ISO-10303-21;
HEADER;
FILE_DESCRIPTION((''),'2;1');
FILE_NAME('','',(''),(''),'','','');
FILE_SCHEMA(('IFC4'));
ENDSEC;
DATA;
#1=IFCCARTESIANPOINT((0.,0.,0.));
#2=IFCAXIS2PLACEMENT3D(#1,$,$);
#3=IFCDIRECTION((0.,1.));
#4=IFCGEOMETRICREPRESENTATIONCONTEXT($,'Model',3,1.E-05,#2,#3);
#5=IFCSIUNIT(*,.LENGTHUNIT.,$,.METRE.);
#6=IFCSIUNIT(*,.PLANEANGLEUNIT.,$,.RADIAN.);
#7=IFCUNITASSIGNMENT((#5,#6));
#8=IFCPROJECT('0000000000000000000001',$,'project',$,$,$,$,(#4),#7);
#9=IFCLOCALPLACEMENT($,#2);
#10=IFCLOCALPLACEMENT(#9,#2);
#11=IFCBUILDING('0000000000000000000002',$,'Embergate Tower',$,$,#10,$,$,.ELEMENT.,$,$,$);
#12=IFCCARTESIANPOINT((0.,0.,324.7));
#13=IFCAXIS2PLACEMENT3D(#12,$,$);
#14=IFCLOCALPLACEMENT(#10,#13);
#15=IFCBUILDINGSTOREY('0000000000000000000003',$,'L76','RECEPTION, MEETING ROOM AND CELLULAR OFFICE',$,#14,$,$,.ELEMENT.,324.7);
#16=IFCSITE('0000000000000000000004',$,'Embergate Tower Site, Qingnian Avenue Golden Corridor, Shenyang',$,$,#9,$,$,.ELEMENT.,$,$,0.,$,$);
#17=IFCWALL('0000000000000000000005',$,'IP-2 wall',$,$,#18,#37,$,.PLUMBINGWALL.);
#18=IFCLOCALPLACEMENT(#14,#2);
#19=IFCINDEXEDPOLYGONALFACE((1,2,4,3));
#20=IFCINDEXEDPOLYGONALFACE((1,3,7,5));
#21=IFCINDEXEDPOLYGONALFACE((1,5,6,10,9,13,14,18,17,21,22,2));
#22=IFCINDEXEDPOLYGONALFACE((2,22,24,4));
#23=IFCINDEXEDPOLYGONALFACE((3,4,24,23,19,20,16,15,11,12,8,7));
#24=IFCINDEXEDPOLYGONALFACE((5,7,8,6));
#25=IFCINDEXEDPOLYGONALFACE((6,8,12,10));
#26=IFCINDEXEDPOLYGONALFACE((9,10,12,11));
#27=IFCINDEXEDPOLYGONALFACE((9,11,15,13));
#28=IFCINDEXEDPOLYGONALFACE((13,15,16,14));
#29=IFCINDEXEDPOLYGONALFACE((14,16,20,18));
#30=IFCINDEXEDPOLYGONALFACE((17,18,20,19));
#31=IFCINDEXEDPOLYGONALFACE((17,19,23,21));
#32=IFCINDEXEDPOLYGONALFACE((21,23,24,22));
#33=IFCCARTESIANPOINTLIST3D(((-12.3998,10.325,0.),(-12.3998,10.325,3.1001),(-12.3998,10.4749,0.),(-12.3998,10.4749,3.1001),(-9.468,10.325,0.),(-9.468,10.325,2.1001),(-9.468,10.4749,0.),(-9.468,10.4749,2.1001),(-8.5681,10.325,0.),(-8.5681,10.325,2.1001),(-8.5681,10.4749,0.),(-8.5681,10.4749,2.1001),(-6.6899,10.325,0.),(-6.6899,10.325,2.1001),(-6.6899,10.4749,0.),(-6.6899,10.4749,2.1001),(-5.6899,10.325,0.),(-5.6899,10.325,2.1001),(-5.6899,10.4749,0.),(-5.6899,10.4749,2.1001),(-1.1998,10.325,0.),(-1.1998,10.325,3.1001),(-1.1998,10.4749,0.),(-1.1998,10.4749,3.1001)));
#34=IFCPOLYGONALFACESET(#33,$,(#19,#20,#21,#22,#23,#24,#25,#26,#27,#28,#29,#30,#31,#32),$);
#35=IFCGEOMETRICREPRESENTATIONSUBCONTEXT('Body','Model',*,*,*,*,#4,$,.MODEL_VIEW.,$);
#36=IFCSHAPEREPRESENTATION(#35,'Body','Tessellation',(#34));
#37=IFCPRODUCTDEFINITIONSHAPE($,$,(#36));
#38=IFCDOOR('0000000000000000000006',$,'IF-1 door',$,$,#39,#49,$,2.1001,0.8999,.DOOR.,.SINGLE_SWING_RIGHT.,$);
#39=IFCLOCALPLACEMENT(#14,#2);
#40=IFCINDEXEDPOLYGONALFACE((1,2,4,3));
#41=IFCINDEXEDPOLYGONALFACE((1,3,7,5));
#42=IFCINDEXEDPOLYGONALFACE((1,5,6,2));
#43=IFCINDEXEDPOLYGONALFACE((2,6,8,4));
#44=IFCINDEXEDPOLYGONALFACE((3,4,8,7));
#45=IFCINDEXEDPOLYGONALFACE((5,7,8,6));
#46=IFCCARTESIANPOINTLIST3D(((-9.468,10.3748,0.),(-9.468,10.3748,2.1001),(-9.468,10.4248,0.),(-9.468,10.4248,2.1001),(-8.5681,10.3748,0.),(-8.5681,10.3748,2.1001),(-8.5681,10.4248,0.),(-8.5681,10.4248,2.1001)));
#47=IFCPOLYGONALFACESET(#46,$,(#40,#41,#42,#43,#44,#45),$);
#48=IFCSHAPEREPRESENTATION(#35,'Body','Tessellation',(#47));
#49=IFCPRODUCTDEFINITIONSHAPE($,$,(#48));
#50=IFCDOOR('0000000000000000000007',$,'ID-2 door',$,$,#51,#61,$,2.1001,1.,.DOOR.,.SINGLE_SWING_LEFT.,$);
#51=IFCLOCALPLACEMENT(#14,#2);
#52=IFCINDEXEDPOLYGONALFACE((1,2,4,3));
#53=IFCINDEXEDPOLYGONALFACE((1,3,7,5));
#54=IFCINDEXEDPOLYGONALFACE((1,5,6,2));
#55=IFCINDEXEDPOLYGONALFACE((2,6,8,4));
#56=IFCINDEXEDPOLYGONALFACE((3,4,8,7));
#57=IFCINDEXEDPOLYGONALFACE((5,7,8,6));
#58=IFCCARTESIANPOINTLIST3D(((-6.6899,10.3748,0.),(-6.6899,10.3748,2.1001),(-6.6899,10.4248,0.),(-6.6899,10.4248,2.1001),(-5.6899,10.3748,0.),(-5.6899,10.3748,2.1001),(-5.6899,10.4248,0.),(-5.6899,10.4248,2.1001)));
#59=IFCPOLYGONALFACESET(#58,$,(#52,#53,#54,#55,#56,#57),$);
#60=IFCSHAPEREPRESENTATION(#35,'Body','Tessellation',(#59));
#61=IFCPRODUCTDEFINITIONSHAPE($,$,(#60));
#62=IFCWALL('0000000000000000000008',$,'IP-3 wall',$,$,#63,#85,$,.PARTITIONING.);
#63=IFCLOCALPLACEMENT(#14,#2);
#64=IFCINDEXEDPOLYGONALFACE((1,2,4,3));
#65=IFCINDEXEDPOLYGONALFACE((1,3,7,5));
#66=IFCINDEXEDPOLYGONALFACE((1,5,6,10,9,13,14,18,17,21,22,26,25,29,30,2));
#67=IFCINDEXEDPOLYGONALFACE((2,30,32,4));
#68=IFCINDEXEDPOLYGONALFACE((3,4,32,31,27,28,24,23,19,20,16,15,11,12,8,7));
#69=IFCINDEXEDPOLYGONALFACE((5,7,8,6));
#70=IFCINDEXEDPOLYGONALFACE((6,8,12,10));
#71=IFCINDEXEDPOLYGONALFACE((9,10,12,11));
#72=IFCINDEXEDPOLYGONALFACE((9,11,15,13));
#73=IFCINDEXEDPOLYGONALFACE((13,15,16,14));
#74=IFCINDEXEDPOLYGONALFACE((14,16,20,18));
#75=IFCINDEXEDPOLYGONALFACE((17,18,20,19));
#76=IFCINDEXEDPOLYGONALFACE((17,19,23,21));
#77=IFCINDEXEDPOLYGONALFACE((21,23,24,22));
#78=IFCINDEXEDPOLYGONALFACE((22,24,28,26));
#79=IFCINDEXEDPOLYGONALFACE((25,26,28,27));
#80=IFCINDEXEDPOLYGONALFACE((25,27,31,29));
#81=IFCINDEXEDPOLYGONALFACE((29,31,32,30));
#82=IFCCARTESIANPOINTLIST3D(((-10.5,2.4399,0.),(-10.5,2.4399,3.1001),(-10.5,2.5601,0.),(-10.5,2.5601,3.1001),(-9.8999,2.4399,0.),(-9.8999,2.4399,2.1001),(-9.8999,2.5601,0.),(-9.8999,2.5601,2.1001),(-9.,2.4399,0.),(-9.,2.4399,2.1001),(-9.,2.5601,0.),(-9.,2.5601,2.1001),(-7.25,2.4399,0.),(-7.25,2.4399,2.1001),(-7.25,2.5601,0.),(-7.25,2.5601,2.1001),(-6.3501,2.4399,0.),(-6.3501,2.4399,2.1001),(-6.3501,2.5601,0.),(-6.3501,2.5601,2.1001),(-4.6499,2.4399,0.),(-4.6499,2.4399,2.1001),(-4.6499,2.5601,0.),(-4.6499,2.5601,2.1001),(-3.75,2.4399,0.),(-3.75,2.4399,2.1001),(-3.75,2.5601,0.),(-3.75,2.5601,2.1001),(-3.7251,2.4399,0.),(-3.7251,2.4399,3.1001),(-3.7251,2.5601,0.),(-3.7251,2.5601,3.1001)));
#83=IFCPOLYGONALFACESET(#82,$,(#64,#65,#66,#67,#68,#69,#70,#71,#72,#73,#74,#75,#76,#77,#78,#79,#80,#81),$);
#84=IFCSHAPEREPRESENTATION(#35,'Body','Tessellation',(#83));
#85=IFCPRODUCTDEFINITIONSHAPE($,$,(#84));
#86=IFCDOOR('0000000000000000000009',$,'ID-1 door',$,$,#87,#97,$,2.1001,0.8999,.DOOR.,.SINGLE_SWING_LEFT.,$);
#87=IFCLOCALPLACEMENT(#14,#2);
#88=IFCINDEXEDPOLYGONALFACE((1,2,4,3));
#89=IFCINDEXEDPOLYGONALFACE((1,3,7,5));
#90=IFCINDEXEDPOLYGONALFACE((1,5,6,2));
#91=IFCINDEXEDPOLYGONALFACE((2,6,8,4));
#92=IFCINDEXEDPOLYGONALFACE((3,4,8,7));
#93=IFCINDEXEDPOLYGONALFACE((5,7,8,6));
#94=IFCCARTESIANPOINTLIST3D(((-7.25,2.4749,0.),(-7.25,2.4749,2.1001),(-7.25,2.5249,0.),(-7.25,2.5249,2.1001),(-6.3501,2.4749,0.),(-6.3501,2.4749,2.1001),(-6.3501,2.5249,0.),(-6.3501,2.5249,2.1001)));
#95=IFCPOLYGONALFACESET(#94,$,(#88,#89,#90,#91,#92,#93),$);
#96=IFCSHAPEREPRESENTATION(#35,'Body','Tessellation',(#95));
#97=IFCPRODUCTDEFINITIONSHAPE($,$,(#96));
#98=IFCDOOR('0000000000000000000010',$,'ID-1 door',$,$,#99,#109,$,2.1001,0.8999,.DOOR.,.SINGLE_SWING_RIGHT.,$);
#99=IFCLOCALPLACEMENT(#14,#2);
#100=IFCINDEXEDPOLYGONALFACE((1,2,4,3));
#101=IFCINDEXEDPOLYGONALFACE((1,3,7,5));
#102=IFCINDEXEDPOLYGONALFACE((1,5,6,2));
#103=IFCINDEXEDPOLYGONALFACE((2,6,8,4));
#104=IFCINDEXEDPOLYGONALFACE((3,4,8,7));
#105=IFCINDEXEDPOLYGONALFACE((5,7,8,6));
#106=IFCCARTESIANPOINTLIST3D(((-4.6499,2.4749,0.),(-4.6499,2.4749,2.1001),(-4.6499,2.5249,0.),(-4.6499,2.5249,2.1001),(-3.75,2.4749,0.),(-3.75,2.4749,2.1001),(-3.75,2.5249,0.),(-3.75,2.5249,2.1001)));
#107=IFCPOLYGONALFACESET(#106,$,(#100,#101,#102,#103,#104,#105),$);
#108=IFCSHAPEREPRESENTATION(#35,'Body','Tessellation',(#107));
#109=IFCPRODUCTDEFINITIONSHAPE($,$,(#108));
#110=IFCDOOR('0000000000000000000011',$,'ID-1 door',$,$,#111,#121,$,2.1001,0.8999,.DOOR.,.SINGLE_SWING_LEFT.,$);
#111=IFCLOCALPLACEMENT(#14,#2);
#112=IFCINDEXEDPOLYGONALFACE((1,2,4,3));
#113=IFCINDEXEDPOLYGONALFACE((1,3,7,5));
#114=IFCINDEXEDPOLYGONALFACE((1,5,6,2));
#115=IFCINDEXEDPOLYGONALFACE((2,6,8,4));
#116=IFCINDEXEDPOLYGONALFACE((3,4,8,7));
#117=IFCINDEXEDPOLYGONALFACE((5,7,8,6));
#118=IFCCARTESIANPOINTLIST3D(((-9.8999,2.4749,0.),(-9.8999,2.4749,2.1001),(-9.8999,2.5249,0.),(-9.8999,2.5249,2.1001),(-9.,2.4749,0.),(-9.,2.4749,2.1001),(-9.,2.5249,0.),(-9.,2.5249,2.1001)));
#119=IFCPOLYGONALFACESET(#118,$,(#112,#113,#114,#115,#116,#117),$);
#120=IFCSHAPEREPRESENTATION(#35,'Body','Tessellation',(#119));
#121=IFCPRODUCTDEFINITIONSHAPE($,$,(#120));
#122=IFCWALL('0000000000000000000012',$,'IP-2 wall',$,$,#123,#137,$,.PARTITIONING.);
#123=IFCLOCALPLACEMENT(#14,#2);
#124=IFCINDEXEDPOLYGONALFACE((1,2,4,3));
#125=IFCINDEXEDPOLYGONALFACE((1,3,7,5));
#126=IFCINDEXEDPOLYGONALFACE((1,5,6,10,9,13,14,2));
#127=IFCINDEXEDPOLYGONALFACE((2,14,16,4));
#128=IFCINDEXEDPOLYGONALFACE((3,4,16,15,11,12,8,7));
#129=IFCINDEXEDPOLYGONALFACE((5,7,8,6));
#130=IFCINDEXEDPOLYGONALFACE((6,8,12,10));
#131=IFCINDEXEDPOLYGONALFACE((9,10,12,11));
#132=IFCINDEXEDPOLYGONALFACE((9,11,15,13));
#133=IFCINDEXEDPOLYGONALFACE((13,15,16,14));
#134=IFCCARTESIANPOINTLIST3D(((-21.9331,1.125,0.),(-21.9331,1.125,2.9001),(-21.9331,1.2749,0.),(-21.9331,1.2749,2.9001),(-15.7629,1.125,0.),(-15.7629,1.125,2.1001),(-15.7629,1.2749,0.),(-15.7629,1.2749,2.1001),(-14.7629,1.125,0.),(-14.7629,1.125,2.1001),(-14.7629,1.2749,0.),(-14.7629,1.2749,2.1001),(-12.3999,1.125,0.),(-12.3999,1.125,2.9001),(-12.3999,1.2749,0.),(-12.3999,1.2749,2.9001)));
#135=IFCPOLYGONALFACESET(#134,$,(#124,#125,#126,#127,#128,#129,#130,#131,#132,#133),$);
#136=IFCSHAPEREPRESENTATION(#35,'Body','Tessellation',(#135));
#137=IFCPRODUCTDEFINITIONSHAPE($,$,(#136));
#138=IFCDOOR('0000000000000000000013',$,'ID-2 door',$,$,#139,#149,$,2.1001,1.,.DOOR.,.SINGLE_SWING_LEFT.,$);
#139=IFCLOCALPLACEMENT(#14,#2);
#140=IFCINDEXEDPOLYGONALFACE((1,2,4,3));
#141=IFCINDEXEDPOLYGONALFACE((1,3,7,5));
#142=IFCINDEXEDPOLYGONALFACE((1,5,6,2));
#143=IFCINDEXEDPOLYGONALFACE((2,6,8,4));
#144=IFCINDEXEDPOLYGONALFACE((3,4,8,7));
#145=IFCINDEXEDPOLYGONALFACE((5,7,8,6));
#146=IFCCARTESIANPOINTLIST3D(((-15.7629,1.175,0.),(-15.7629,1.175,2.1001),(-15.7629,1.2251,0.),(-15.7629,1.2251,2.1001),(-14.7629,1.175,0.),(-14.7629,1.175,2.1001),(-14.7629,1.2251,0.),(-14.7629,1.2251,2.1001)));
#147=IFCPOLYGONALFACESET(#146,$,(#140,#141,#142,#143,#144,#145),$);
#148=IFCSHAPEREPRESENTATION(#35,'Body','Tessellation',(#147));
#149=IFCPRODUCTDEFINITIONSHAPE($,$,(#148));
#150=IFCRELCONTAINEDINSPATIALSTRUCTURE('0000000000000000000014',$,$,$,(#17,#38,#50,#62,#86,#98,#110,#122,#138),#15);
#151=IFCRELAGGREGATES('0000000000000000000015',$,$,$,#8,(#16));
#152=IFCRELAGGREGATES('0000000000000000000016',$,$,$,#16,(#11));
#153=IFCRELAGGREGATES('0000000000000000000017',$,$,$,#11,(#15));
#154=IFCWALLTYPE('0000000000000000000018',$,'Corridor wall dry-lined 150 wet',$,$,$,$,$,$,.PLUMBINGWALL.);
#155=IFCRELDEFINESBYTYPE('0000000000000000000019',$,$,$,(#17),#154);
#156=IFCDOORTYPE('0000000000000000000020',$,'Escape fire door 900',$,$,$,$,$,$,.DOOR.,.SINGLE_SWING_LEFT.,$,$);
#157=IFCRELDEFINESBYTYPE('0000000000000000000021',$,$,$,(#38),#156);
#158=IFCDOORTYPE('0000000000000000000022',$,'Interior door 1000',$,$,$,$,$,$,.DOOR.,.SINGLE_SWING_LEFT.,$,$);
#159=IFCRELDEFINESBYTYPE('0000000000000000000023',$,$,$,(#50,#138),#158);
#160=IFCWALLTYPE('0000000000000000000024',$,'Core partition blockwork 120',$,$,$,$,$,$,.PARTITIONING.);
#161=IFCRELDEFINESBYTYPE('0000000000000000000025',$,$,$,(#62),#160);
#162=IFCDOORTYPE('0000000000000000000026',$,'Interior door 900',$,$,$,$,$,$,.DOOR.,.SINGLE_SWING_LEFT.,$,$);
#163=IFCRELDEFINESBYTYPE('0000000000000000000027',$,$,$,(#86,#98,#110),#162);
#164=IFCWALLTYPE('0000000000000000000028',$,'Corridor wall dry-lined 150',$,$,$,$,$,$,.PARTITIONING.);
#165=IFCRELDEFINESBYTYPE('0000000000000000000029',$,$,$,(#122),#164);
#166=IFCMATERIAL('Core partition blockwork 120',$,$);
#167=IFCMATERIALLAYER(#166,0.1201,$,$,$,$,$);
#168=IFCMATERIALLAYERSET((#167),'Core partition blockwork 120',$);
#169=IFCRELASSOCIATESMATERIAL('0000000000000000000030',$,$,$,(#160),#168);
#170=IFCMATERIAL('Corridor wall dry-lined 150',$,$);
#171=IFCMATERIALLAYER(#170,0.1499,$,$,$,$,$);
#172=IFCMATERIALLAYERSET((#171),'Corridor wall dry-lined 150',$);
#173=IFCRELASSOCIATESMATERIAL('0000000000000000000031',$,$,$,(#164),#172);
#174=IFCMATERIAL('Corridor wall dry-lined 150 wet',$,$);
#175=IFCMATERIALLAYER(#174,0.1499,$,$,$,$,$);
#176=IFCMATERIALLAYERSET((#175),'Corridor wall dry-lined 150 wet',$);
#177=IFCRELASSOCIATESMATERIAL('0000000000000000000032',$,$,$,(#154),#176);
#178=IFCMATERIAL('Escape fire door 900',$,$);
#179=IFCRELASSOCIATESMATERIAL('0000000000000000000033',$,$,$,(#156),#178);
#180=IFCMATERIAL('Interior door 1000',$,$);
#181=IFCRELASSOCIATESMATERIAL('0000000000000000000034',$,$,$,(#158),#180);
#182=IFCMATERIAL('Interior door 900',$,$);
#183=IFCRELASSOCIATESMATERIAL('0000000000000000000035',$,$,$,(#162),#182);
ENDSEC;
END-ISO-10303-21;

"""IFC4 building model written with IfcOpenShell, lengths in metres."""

from ifc_helpers import new_model, si_unit, direction, frame, frame_2d, origin, place, context, subcontext, project, spatial, rectangle, extrude, source, transform, mapped, material, layer, layer_set, type_object, element, fill, save


model = new_model("IFC4")

# Units and contexts
model_context = context("Model", 3, precision=1e-05, world=origin(), true_north=direction((0.0, 1.0)))
body_context = subcontext(model_context, "Body", "Model", "MODEL_VIEW")
ifc_project = project(units=[si_unit("LENGTHUNIT", "METRE"), si_unit("PLANEANGLEUNIT", "RADIAN")], contexts=[model_context])

# Site, building, storey
site_placement = place(None, origin())
site = spatial("IfcSite", under=ifc_project, at=site_placement, Name="Embergate Tower Site, Qingnian Avenue Golden Corridor, Shenyang", CompositionType="ELEMENT", RefElevation=0.0)
building_placement = place(site_placement, origin())
building = spatial("IfcBuilding", under=site, at=building_placement, Name="Embergate Tower", CompositionType="ELEMENT")
storey_placement = place(building_placement, frame((0.0, 0.0, 324.7)))
storey = spatial("IfcBuildingStorey", under=building, at=storey_placement, Name="L76", Description="RECEPTION, MEETING ROOM AND CELLULAR OFFICE", CompositionType="ELEMENT", Elevation=324.7)

# Shared definitions
ifc_material_1 = material(Name="Core partition blockwork 120")
ifc_layer_1 = layer(ifc_material_1, 0.1201)
ifc_layer_set_1 = layer_set([ifc_layer_1], Name="Core partition blockwork 120")
wall_type_1 = type_object("IfcWallType", Name="Core partition blockwork 120", PredefinedType="PARTITIONING", material=ifc_layer_set_1)
ifc_material_2 = material(Name="Corridor wall dry-lined 150")
ifc_layer_2 = layer(ifc_material_2, 0.1499)
ifc_layer_set_2 = layer_set([ifc_layer_2], Name="Corridor wall dry-lined 150")
wall_type_2 = type_object("IfcWallType", Name="Corridor wall dry-lined 150", PredefinedType="PARTITIONING", material=ifc_layer_set_2)

# Walls, openings, doors
ifc_material_3 = material(Name="Corridor wall dry-lined 150 wet")
ifc_layer_3 = layer(ifc_material_3, 0.1499)
ifc_layer_set_3 = layer_set([ifc_layer_3], Name="Corridor wall dry-lined 150 wet")
wall_type_3 = type_object("IfcWallType", Name="Corridor wall dry-lined 150 wet", PredefinedType="PLUMBINGWALL", material=ifc_layer_set_3)
shared_shape_1 = source(origin(), body_context, "Body", "SweptSolid", [
    extrude(rectangle(XDim=11.2, YDim=0.1499, at=frame_2d((5.6001, 0.0))), origin(), (0.0, 0.0, 1.0), 3.1001),
])
wall_1_placement = place(storey_placement, frame((-12.3999, 10.3999, 0.0), z_axis=(0.0, 0.0, 1.0), x_axis=(1.0, 0.0, 0.0)))
wall_1 = element("IfcWall", 1, at=wall_1_placement, inside=storey, type_object=wall_type_3, Name="IP-2 wall", PredefinedType="PLUMBINGWALL", context=body_context, shape_type="MappedRepresentation", body=[
    mapped(shared_shape_1, transform((0.0, 0.0, 0.0))),
])
shared_shape_2 = source(origin(), body_context, "Body", "SweptSolid", [
    extrude(rectangle(XDim=1.0, YDim=2.1001, at=frame_2d((0.5, 1.05))), frame((0.0, 0.085, 0.0), z_axis=(0.0, -1.0, 0.0), x_axis=(1.0, 0.0, 0.0)), (0.0, 0.0, 1.0), 0.1699),
])
opening_1_placement = place(wall_1_placement, frame((5.71, 0.0, 0.0)))
opening_1 = element("IfcOpeningElement", 2, at=opening_1_placement, cuts=wall_1, PredefinedType="OPENING", context=body_context, shape_type="MappedRepresentation", body=[
    mapped(shared_shape_2, transform((0.0, 0.0, 0.0))),
])
shared_shape_3 = source(origin(), body_context, "Body", "SweptSolid", [
    extrude(rectangle(XDim=0.8999, YDim=2.1001, at=frame_2d((0.45, 1.05))), frame((0.0, 0.085, 0.0), z_axis=(0.0, -1.0, 0.0), x_axis=(1.0, 0.0, 0.0)), (0.0, 0.0, 1.0), 0.1699),
])
opening_2_placement = place(wall_1_placement, frame((2.9319, 0.0, 0.0)))
opening_2 = element("IfcOpeningElement", 3, at=opening_2_placement, cuts=wall_1, PredefinedType="OPENING", context=body_context, shape_type="MappedRepresentation", body=[
    mapped(shared_shape_3, transform((0.0, 0.0, 0.0))),
])
ifc_material_4 = material(Name="Escape fire door 900")
door_type_1 = type_object("IfcDoorType", Name="Escape fire door 900", OperationType="SINGLE_SWING_LEFT", PredefinedType="DOOR", material=ifc_material_4)
shared_shape_4 = source(origin(), body_context, "Body", "SweptSolid", [
    extrude(rectangle(XDim=0.8999, YDim=2.1001, at=frame_2d((0.45, 1.05))), frame((0.0, 0.0249, 0.0), z_axis=(0.0, -1.0, 0.0), x_axis=(1.0, 0.0, 0.0)), (0.0, 0.0, 1.0), 0.05),
])
door_1_placement = place(opening_2_placement, origin())
door_1 = element("IfcDoor", 4, at=door_1_placement, inside=storey, type_object=door_type_1, Name="IF-1 door", OperationType="SINGLE_SWING_RIGHT", OverallHeight=2.1001, OverallWidth=0.8999, PredefinedType="DOOR", context=body_context, shape_type="MappedRepresentation", body=[
    mapped(shared_shape_4, transform((0.0, 0.0, 0.0))),
])
fill(opening_2, door_1)
ifc_material_5 = material(Name="Interior door 1000")
door_type_2 = type_object("IfcDoorType", Name="Interior door 1000", OperationType="SINGLE_SWING_LEFT", PredefinedType="DOOR", material=ifc_material_5)
shared_shape_5 = source(origin(), body_context, "Body", "SweptSolid", [
    extrude(rectangle(XDim=1.0, YDim=2.1001, at=frame_2d((0.5, 1.05))), frame((0.0, 0.0249, 0.0), z_axis=(0.0, -1.0, 0.0), x_axis=(1.0, 0.0, 0.0)), (0.0, 0.0, 1.0), 0.05),
])
door_2_placement = place(opening_1_placement, origin())
door_2 = element("IfcDoor", 5, at=door_2_placement, inside=storey, type_object=door_type_2, Name="ID-2 door", OperationType="SINGLE_SWING_LEFT", OverallHeight=2.1001, OverallWidth=1.0, PredefinedType="DOOR", context=body_context, shape_type="MappedRepresentation", body=[
    mapped(shared_shape_5, transform((0.0, 0.0, 0.0))),
])
fill(opening_1, door_2)
shared_shape_6 = source(origin(), body_context, "Body", "SweptSolid", [
    extrude(rectangle(XDim=6.7749, YDim=0.1201, at=frame_2d((3.3875, 0.0))), origin(), (0.0, 0.0, 1.0), 3.1001),
])
wall_2_placement = place(storey_placement, frame((-10.5, 2.5, 0.0), z_axis=(0.0, 0.0, 1.0), x_axis=(1.0, 0.0, 0.0)))
wall_2 = element("IfcWall", 6, at=wall_2_placement, inside=storey, type_object=wall_type_1, Name="IP-3 wall", PredefinedType="PARTITIONING", context=body_context, shape_type="MappedRepresentation", body=[
    mapped(shared_shape_6, transform((0.0, 0.0, 0.0))),
])
shared_shape_7 = source(origin(), body_context, "Body", "SweptSolid", [
    extrude(rectangle(XDim=0.8999, YDim=2.1001, at=frame_2d((0.45, 1.05))), frame((0.0, 0.0701, 0.0), z_axis=(0.0, -1.0, 0.0), x_axis=(1.0, 0.0, 0.0)), (0.0, 0.0, 1.0), 0.1401),
])
opening_3_placement = place(wall_2_placement, frame((3.25, 0.0, 0.0)))
opening_3 = element("IfcOpeningElement", 7, at=opening_3_placement, cuts=wall_2, PredefinedType="OPENING", context=body_context, shape_type="MappedRepresentation", body=[
    mapped(shared_shape_7, transform((0.0, 0.0, 0.0))),
])
opening_4_placement = place(wall_2_placement, frame((5.8501, 0.0, 0.0)))
opening_4 = element("IfcOpeningElement", 8, at=opening_4_placement, cuts=wall_2, PredefinedType="OPENING", context=body_context, shape_type="MappedRepresentation", body=[
    mapped(shared_shape_7, transform((0.0, 0.0, 0.0))),
])
opening_5_placement = place(wall_2_placement, frame((0.6001, 0.0, 0.0)))
opening_5 = element("IfcOpeningElement", 9, at=opening_5_placement, cuts=wall_2, PredefinedType="OPENING", context=body_context, shape_type="MappedRepresentation", body=[
    mapped(shared_shape_7, transform((0.0, 0.0, 0.0))),
])
ifc_material_6 = material(Name="Interior door 900")
door_type_3 = type_object("IfcDoorType", Name="Interior door 900", OperationType="SINGLE_SWING_LEFT", PredefinedType="DOOR", material=ifc_material_6)
door_3_placement = place(opening_3_placement, origin())
door_3 = element("IfcDoor", 10, at=door_3_placement, inside=storey, type_object=door_type_3, Name="ID-1 door", OperationType="SINGLE_SWING_LEFT", OverallHeight=2.1001, OverallWidth=0.8999, PredefinedType="DOOR", context=body_context, shape_type="MappedRepresentation", body=[
    mapped(shared_shape_4, transform((0.0, 0.0, 0.0))),
])
fill(opening_3, door_3)
door_4_placement = place(opening_4_placement, origin())
door_4 = element("IfcDoor", 11, at=door_4_placement, inside=storey, type_object=door_type_3, Name="ID-1 door", OperationType="SINGLE_SWING_RIGHT", OverallHeight=2.1001, OverallWidth=0.8999, PredefinedType="DOOR", context=body_context, shape_type="MappedRepresentation", body=[
    mapped(shared_shape_4, transform((0.0, 0.0, 0.0))),
])
fill(opening_4, door_4)
door_5_placement = place(opening_5_placement, origin())
door_5 = element("IfcDoor", 12, at=door_5_placement, inside=storey, type_object=door_type_3, Name="ID-1 door", OperationType="SINGLE_SWING_LEFT", OverallHeight=2.1001, OverallWidth=0.8999, PredefinedType="DOOR", context=body_context, shape_type="MappedRepresentation", body=[
    mapped(shared_shape_4, transform((0.0, 0.0, 0.0))),
])
fill(opening_5, door_5)

# Wall, opening, door
shared_shape_8 = source(origin(), body_context, "Body", "SweptSolid", [
    extrude(rectangle(XDim=9.5332, YDim=0.1499, at=frame_2d((4.7666, 0.0))), origin(), (0.0, 0.0, 1.0), 2.9001),
])
wall_3_placement = place(storey_placement, frame((-12.3999, 1.2, 0.0), z_axis=(0.0, 0.0, 1.0), x_axis=(-1.0, 0.0, 0.0)))
wall_3 = element("IfcWall", 13, at=wall_3_placement, inside=storey, type_object=wall_type_2, Name="IP-2 wall", PredefinedType="PARTITIONING", context=body_context, shape_type="MappedRepresentation", body=[
    mapped(shared_shape_8, transform((0.0, 0.0, 0.0))),
])
opening_6_placement = place(wall_3_placement, frame((2.363, 0.0, 0.0)))
opening_6 = element("IfcOpeningElement", 14, at=opening_6_placement, cuts=wall_3, PredefinedType="OPENING", context=body_context, shape_type="MappedRepresentation", body=[
    mapped(shared_shape_2, transform((0.0, 0.0, 0.0))),
])
door_6_placement = place(opening_6_placement, origin())
door_6 = element("IfcDoor", 15, at=door_6_placement, inside=storey, type_object=door_type_2, Name="ID-2 door", OperationType="SINGLE_SWING_LEFT", OverallHeight=2.1001, OverallWidth=1.0, PredefinedType="DOOR", context=body_context, shape_type="MappedRepresentation", body=[
    mapped(shared_shape_5, transform((0.0, 0.0, 0.0))),
])
fill(opening_6, door_6)

save(model, "model.ifc")
